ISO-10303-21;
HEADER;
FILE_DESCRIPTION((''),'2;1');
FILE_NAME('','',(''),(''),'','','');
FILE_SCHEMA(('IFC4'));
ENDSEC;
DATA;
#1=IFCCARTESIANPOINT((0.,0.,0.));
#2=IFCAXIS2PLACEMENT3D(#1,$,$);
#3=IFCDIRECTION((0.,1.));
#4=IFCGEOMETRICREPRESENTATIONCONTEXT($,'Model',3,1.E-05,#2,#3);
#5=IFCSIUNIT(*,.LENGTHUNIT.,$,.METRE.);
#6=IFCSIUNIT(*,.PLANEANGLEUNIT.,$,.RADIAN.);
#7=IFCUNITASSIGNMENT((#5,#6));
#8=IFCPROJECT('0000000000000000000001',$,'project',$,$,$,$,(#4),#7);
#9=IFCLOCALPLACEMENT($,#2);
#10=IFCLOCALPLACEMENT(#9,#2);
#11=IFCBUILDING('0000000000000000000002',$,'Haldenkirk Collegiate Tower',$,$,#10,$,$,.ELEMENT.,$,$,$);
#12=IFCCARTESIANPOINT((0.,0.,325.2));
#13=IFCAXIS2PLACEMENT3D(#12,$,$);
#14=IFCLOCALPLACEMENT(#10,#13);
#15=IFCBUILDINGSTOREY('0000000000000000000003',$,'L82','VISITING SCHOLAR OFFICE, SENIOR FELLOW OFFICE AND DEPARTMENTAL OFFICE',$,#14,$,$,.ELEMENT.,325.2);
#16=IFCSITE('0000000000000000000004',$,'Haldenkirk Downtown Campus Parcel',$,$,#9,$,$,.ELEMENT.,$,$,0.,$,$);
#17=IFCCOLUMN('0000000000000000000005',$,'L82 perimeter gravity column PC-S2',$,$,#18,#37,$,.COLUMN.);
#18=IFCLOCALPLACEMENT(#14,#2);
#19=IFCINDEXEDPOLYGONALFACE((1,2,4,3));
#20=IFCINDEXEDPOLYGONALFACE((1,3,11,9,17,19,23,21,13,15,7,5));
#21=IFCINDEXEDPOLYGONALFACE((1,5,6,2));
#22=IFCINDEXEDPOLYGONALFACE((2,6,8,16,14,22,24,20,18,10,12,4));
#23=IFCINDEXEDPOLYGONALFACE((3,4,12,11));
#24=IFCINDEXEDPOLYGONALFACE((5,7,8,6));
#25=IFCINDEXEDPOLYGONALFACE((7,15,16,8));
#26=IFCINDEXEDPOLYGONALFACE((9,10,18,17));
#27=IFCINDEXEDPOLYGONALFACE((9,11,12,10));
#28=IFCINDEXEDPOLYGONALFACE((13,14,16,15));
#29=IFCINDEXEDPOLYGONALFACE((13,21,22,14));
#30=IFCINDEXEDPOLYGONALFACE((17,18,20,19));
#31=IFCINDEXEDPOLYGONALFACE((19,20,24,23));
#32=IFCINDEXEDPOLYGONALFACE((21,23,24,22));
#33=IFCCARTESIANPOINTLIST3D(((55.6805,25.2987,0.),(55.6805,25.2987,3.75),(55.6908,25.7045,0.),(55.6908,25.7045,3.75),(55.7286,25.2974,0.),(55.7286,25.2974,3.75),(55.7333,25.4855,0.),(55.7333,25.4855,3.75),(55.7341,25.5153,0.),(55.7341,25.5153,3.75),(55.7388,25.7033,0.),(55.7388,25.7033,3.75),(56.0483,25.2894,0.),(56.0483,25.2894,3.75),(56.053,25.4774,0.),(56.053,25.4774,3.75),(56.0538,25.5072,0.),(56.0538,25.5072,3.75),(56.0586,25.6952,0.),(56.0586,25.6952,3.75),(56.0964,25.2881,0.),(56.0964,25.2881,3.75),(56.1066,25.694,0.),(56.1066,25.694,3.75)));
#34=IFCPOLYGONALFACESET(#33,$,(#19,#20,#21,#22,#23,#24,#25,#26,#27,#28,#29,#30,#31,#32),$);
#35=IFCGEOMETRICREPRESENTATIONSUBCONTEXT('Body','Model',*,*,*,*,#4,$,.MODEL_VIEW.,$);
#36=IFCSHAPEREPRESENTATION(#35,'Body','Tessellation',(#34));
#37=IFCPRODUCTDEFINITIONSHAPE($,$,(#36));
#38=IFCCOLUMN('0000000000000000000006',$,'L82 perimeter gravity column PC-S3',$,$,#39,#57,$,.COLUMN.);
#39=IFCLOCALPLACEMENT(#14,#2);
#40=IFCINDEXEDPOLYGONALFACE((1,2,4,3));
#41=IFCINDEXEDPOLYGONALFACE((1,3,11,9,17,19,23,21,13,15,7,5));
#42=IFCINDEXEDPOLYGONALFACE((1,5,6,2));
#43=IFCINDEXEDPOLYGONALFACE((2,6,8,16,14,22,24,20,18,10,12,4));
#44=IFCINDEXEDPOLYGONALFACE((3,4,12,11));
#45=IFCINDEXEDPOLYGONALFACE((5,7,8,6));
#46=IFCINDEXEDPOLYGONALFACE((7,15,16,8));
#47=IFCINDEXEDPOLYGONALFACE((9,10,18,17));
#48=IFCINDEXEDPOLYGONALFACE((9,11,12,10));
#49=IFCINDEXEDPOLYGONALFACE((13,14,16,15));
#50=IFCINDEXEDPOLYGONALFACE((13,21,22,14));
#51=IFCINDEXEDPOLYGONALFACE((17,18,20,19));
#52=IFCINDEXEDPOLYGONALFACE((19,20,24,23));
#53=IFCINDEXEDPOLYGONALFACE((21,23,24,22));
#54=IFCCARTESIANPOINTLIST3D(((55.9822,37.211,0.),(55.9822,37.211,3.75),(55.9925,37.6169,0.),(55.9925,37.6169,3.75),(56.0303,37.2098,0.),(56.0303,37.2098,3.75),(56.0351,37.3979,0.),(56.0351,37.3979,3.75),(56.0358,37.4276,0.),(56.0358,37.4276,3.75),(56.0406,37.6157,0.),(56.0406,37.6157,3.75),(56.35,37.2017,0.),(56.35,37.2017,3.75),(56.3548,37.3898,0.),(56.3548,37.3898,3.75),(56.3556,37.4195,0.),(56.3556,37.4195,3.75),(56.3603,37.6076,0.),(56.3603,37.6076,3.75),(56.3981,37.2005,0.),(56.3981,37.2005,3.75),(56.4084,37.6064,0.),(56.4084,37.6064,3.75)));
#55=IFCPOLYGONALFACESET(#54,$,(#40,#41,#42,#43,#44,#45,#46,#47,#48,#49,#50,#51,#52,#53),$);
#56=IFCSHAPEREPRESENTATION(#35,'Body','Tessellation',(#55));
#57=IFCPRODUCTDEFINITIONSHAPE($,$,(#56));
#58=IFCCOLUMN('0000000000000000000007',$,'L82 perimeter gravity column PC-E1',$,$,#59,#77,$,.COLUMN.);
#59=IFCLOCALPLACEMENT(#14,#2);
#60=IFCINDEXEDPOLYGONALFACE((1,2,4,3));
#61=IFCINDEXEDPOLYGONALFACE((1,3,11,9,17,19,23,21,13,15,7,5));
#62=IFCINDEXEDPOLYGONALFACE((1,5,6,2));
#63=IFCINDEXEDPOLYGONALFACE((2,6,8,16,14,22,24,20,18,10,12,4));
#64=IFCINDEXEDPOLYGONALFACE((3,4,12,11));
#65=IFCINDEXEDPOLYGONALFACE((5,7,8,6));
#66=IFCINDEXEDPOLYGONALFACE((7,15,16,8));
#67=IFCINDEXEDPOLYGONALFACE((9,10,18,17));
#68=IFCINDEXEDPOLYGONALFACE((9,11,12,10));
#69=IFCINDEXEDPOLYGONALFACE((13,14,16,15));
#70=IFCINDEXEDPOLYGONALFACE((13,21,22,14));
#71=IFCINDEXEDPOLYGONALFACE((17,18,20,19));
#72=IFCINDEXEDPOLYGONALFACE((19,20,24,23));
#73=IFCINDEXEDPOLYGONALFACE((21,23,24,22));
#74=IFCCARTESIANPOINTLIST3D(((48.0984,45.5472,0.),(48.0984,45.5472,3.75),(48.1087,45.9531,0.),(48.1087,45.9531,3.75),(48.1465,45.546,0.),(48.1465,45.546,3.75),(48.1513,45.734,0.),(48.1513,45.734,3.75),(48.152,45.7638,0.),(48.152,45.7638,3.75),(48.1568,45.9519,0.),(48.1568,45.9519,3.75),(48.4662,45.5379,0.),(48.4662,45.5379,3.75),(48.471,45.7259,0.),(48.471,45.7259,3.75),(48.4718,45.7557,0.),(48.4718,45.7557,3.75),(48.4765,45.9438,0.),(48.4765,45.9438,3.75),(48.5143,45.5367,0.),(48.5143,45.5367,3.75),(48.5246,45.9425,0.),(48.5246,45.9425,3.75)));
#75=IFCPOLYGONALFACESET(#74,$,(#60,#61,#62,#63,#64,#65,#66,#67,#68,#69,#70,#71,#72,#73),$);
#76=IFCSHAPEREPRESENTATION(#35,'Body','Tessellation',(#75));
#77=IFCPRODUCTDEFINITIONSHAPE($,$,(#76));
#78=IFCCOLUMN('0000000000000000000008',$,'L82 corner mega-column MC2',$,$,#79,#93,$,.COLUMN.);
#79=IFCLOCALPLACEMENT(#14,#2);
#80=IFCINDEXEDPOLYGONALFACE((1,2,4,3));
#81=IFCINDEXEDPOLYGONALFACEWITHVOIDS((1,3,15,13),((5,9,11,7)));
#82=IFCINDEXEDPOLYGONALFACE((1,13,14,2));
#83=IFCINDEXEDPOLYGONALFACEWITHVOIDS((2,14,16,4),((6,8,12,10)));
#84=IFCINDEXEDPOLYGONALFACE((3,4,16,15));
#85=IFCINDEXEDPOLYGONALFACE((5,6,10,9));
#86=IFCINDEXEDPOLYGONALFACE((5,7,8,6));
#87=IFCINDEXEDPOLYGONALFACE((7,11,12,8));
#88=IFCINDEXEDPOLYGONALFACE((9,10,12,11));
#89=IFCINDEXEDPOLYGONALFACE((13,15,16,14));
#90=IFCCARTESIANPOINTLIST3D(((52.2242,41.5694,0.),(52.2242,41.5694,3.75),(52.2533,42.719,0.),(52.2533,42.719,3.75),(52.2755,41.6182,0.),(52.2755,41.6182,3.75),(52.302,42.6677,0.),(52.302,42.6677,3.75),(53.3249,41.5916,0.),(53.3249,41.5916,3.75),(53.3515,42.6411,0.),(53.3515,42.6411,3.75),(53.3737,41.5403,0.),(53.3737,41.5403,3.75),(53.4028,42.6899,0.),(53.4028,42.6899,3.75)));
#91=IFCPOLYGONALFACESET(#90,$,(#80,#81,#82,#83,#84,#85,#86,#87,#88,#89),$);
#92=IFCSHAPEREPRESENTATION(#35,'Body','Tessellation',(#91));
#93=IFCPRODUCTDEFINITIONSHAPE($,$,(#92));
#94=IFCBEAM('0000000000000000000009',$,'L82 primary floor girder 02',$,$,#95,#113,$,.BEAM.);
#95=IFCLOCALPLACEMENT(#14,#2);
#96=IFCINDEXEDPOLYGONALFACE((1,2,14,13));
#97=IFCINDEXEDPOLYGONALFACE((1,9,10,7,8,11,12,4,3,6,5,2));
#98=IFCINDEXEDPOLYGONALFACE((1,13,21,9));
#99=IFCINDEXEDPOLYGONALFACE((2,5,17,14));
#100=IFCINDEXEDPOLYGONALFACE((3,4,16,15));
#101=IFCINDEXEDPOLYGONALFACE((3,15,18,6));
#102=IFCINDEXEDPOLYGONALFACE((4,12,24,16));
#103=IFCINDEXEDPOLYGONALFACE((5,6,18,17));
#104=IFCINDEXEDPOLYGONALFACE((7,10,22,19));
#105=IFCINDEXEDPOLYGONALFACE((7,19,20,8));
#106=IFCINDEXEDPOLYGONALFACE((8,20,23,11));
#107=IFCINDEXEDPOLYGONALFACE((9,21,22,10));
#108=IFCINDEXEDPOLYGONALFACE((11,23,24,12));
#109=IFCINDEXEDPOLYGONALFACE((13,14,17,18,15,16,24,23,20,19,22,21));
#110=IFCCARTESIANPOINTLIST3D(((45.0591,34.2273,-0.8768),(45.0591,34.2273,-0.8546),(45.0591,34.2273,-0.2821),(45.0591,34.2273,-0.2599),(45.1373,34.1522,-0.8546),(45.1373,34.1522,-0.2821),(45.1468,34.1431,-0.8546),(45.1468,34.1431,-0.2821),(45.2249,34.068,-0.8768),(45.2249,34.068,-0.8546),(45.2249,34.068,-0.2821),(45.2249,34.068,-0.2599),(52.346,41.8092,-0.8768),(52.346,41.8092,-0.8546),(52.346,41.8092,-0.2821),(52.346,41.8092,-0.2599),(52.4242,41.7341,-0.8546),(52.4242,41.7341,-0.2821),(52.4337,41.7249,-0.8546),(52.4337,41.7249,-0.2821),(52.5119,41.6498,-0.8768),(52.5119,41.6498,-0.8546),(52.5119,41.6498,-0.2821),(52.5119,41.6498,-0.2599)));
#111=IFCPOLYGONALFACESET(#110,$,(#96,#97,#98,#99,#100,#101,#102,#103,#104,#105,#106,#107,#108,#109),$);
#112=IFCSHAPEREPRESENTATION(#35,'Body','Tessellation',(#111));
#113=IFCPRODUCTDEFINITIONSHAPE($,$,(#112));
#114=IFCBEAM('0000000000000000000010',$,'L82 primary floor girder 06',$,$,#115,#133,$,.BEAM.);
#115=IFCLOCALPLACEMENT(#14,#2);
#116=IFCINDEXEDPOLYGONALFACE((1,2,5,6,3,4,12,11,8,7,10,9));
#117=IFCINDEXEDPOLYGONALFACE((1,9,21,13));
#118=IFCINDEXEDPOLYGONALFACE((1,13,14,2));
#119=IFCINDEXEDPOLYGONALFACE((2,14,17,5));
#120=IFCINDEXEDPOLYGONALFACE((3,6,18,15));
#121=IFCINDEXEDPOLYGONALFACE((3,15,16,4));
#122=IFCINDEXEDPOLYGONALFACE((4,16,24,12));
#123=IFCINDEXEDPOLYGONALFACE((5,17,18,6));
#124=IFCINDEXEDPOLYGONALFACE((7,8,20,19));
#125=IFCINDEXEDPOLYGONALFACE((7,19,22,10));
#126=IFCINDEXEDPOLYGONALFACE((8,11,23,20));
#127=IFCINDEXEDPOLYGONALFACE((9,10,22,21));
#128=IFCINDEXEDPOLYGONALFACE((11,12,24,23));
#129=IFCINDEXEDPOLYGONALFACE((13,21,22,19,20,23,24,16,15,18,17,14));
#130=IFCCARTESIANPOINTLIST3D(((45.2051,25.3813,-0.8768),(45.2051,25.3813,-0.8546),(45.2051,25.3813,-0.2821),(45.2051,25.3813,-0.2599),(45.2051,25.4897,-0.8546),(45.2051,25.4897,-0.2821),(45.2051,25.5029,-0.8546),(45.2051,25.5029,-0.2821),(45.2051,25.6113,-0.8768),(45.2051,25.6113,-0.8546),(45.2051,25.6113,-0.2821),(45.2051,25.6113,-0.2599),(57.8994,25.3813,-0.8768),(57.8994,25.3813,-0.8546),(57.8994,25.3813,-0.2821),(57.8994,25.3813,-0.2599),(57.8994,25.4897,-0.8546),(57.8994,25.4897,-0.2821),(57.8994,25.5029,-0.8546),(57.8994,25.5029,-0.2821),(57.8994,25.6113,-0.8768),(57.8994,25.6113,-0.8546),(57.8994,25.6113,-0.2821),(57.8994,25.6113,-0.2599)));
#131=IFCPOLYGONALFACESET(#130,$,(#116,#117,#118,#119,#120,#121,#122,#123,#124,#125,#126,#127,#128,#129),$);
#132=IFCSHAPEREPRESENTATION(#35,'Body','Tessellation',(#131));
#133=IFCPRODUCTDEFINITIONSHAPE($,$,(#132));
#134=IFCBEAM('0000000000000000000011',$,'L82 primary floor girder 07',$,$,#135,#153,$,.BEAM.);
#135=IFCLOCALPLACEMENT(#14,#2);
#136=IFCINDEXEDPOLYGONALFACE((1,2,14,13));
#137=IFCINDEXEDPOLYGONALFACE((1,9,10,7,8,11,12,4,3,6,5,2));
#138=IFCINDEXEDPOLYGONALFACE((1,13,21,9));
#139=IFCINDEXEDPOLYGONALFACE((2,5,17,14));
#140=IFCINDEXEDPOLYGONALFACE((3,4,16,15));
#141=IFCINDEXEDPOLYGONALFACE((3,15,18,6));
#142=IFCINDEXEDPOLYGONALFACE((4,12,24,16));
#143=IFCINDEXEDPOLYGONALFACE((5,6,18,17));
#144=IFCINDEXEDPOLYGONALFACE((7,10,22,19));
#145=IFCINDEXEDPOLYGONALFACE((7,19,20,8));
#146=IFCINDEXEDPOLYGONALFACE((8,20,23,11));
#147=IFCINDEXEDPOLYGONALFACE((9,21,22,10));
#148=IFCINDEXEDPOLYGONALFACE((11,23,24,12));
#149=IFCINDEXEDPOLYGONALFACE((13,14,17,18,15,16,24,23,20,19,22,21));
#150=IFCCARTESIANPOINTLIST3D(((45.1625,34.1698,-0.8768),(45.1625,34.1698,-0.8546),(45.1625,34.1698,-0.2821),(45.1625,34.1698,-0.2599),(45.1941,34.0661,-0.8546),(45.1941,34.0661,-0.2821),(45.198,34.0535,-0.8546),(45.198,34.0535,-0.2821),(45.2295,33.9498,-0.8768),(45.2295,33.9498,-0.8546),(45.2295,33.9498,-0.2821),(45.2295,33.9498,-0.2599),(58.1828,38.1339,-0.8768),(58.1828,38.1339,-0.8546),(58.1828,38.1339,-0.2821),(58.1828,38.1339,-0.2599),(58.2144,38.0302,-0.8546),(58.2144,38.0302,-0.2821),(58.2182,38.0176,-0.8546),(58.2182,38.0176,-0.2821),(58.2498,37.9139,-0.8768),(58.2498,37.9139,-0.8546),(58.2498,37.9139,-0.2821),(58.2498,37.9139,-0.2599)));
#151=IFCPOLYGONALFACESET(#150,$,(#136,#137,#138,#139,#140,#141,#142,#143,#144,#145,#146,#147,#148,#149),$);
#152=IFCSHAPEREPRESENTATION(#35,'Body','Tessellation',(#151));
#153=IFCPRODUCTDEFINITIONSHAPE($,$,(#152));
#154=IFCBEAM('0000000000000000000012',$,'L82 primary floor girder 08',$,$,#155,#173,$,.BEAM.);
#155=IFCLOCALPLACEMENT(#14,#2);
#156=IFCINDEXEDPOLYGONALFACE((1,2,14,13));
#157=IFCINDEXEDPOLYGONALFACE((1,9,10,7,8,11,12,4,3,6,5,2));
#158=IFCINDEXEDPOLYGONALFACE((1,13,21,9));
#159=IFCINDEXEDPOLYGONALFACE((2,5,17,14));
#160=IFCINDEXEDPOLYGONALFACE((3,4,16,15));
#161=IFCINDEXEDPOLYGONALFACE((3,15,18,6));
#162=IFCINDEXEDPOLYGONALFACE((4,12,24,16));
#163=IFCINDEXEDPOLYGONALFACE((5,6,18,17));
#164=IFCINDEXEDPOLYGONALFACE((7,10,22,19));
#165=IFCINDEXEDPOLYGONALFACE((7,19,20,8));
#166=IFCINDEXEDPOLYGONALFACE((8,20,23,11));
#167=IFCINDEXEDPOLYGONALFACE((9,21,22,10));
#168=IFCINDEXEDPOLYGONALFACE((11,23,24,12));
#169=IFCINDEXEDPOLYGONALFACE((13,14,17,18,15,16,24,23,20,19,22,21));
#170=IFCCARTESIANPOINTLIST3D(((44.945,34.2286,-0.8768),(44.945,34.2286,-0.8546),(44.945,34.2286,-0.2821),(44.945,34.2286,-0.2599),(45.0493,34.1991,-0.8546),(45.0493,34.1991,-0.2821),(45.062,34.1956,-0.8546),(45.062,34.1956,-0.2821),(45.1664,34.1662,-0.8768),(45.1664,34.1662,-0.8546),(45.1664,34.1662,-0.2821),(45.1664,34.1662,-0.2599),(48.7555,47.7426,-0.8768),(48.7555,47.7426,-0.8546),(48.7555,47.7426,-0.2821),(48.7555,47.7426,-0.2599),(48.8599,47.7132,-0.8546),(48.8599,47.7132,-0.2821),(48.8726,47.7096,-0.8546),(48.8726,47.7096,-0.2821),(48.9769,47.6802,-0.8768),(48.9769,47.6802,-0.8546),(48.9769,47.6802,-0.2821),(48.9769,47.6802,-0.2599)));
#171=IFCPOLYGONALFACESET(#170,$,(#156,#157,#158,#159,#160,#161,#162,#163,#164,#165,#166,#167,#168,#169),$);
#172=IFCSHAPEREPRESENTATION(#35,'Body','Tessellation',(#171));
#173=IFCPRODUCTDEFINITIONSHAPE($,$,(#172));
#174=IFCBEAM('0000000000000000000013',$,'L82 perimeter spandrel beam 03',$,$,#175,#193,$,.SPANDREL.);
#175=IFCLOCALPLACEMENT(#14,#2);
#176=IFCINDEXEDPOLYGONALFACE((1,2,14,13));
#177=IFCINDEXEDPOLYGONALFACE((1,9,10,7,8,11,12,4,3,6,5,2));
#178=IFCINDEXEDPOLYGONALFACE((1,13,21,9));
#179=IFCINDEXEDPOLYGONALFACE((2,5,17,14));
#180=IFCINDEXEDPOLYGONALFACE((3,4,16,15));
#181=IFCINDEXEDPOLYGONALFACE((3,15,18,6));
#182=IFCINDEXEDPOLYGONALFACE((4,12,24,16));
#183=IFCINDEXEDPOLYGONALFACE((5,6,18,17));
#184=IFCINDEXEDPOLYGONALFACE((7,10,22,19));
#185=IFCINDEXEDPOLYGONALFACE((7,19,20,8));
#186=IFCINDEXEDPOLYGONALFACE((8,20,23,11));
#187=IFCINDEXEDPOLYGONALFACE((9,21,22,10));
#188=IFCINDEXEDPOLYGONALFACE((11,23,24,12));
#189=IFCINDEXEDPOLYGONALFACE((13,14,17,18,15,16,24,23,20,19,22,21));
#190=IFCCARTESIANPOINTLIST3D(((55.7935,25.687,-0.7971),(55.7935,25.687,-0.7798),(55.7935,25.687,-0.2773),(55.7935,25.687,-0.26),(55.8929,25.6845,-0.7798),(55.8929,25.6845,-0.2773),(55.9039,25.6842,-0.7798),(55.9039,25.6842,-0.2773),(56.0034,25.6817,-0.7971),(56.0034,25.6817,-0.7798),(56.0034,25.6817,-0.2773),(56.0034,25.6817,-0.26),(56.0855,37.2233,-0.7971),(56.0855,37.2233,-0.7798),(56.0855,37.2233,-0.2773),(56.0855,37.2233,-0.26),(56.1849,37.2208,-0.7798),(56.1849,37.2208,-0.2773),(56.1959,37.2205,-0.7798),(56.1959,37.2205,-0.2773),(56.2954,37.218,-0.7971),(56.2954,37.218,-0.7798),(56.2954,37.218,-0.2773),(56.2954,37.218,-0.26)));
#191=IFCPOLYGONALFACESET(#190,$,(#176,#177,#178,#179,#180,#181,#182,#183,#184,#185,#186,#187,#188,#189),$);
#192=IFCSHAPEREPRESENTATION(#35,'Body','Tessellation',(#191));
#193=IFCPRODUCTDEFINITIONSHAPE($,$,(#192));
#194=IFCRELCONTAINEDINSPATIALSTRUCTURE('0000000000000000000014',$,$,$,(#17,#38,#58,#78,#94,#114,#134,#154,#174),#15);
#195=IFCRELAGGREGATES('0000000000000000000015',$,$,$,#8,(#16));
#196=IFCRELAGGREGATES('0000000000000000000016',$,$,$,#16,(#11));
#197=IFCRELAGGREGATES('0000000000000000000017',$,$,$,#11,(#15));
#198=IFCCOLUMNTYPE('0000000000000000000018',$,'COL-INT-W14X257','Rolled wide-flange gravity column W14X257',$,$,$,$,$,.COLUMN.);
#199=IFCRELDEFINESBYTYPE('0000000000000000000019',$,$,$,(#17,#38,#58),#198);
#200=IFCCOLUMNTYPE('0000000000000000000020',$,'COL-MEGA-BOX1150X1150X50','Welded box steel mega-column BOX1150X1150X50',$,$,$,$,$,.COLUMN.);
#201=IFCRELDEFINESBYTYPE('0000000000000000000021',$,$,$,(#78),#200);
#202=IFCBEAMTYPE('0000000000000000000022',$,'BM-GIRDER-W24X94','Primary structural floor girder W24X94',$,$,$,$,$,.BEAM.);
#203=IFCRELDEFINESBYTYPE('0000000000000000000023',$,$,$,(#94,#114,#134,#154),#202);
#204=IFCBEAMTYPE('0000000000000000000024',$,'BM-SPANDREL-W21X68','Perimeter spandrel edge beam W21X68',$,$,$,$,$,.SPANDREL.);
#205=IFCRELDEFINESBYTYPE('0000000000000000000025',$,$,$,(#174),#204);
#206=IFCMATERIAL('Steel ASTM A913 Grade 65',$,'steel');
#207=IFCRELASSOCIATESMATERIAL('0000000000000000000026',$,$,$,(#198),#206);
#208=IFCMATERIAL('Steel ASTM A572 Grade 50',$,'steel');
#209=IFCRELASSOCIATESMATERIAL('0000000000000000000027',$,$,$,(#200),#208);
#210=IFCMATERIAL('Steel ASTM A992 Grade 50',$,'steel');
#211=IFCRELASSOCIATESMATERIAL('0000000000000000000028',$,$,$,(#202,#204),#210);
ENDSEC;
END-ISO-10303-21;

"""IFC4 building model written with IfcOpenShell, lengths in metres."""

from ifc_helpers import new_model, si_unit, direction, frame, origin, origin_2d, place, context, subcontext, project, spatial, hollow_rectangle, i_section, extrude, material, material_profile, profile_set, type_object, element, save


model = new_model("IFC4")

# Units and contexts
model_context = context("Model", 3, precision=1e-05, world=origin(), true_north=direction((0.0, 1.0)))
body_context = subcontext(model_context, "Body", "Model", "MODEL_VIEW")
ifc_project = project(units=[si_unit("LENGTHUNIT", "METRE"), si_unit("PLANEANGLEUNIT", "RADIAN")], contexts=[model_context])

# Site, building, storey
site_placement = place(None, origin())
site = spatial("IfcSite", under=ifc_project, at=site_placement, Name="Haldenkirk Downtown Campus Parcel", CompositionType="ELEMENT", RefElevation=0.0)
building_placement = place(site_placement, origin())
building = spatial("IfcBuilding", under=site, at=building_placement, Name="Haldenkirk Collegiate Tower", CompositionType="ELEMENT")
storey_placement = place(building_placement, frame((0.0, 0.0, 325.2)))
storey = spatial("IfcBuildingStorey", under=building, at=storey_placement, Name="L82", Description="VISITING SCHOLAR OFFICE, SENIOR FELLOW OFFICE AND DEPARTMENTAL OFFICE", CompositionType="ELEMENT", Elevation=325.2)

# Columns
ifc_material_1 = material(Name="Steel ASTM A913 Grade 65", Category="steel")
ifc_material_profile_1 = material_profile(ifc_material_1, i_section(OverallWidth=0.406, OverallDepth=0.416, WebThickness=0.0298, FlangeThickness=0.0481, at=origin_2d()), Name="W14X257")
ifc_profile_set_1 = profile_set([ifc_material_profile_1], Name="Steel ASTM A913 Grade 65")
column_type_1 = type_object("IfcColumnType", Name="COL-INT-W14X257", Description="Rolled wide-flange gravity column W14X257", PredefinedType="COLUMN", material=ifc_profile_set_1)
for number, where, z_axis, x_axis, name in (
    (1, (55.8936, 25.4963, 0.0), (0.0, 0.0, 1.0), (0.025305, 0.99968, 0.0), "L82 perimeter gravity column PC-S2"),
    (2, (56.1953, 37.4087, 0.0), (0.0, 0.0, 1.0), (0.025305, 0.99968, 0.0), "L82 perimeter gravity column PC-S3"),
    (3, (48.3115, 45.7449, 0.0), (0.0, 0.0, 1.0), (0.025305, 0.99968, 0.0), "L82 perimeter gravity column PC-E1"),
):
    element("IfcColumn", number, at=place(storey_placement, frame(where, z_axis=z_axis, x_axis=x_axis)), inside=storey, type_object=column_type_1, Name=name, PredefinedType="COLUMN", context=body_context, shape_type="SweptSolid", body=[
        extrude(i_section(OverallWidth=0.406, OverallDepth=0.416, WebThickness=0.0298, FlangeThickness=0.0481, at=origin_2d()), origin(), (0.0, 0.0, 1.0), 3.75),
    ])
ifc_material_2 = material(Name="Steel ASTM A572 Grade 50", Category="steel")
ifc_material_profile_2 = material_profile(ifc_material_2, hollow_rectangle(XDim=1.1499, YDim=1.1499, WallThickness=0.05, at=origin_2d()), Name="BOX1150X1150X50")
ifc_profile_set_2 = profile_set([ifc_material_profile_2], Name="Steel ASTM A572 Grade 50")
column_type_2 = type_object("IfcColumnType", Name="COL-MEGA-BOX1150X1150X50", Description="Welded box steel mega-column BOX1150X1150X50", PredefinedType="COLUMN", material=ifc_profile_set_2)
column_placement = place(storey_placement, frame((52.8135, 42.1296, 0.0), z_axis=(0.0, 0.0, 1.0), x_axis=(0.025305, 0.99968, 0.0)))
element("IfcColumn", 4, at=column_placement, inside=storey, type_object=column_type_2, Name="L82 corner mega-column MC2", PredefinedType="COLUMN", context=body_context, shape_type="SweptSolid", body=[
    extrude(hollow_rectangle(XDim=1.1499, YDim=1.1499, WallThickness=0.05, at=origin_2d()), origin(), (0.0, 0.0, 1.0), 3.75),
])

# Beams
ifc_material_3 = material(Name="Steel ASTM A992 Grade 50", Category="steel")
ifc_material_profile_3 = material_profile(ifc_material_3, i_section(OverallWidth=0.23, OverallDepth=0.6169, WebThickness=0.0132, FlangeThickness=0.0222, at=origin_2d()), Name="W24X94")
ifc_profile_set_3 = profile_set([ifc_material_profile_3], Name="Steel ASTM A992 Grade 50")
beam_type_1 = type_object("IfcBeamType", Name="BM-GIRDER-W24X94", Description="Primary structural floor girder W24X94", PredefinedType="BEAM", material=ifc_profile_set_3)
beam_1_placement = place(storey_placement, frame((52.429, 41.7295, -0.5684), z_axis=(-0.692945, -0.720991, 0.0), x_axis=(0.720991, -0.692945, 0.0)))
element("IfcBeam", 5, at=beam_1_placement, inside=storey, type_object=beam_type_1, Name="L82 primary floor girder 02", PredefinedType="BEAM", context=body_context, shape_type="SweptSolid", body=[
    extrude(i_section(OverallWidth=0.23, OverallDepth=0.6169, WebThickness=0.0132, FlangeThickness=0.0222, at=origin_2d()), origin(), (0.0, 0.0, 1.0), 10.5159),
])
beam_2_placement = place(storey_placement, frame((57.8994, 25.4963, -0.5684), z_axis=(-1.0, 0.0, 0.0), x_axis=(0.0, -1.0, 0.0)))
element("IfcBeam", 6, at=beam_2_placement, inside=storey, type_object=beam_type_1, Name="L82 primary floor girder 06", PredefinedType="BEAM", context=body_context, shape_type="SweptSolid", body=[
    extrude(i_section(OverallWidth=0.23, OverallDepth=0.6169, WebThickness=0.0132, FlangeThickness=0.0222, at=origin_2d()), origin(), (0.0, 0.0, 1.0), 12.6943),
])
beam_3_placement = place(storey_placement, frame((58.2163, 38.0239, -0.5684), z_axis=(-0.956645, -0.291257, 0.0), x_axis=(0.291257, -0.956645, 0.0)))
element("IfcBeam", 7, at=beam_3_placement, inside=storey, type_object=beam_type_1, Name="L82 primary floor girder 07", PredefinedType="BEAM", context=body_context, shape_type="SweptSolid", body=[
    extrude(i_section(OverallWidth=0.23, OverallDepth=0.6169, WebThickness=0.0132, FlangeThickness=0.0222, at=origin_2d()), origin(), (0.0, 0.0, 1.0), 13.6104),
])
beam_4_placement = place(storey_placement, frame((48.8662, 47.7114, -0.5684), z_axis=(-0.271385, -0.962471, 0.0), x_axis=(0.962471, -0.271385, 0.0)))
element("IfcBeam", 8, at=beam_4_placement, inside=storey, type_object=beam_type_1, Name="L82 primary floor girder 08", PredefinedType="BEAM", context=body_context, shape_type="SweptSolid", body=[
    extrude(i_section(OverallWidth=0.23, OverallDepth=0.6169, WebThickness=0.0132, FlangeThickness=0.0222, at=origin_2d()), origin(), (0.0, 0.0, 1.0), 14.041),
])
ifc_material_profile_4 = material_profile(ifc_material_3, i_section(OverallWidth=0.21, OverallDepth=0.5371, WebThickness=0.011, FlangeThickness=0.0173, at=origin_2d()), Name="W21X68")
ifc_profile_set_4 = profile_set([ifc_material_profile_4], Name="Steel ASTM A992 Grade 50")
beam_type_2 = type_object("IfcBeamType", Name="BM-SPANDREL-W21X68", Description="Perimeter spandrel edge beam W21X68", PredefinedType="SPANDREL", material=ifc_profile_set_4)
beam_5_placement = place(storey_placement, frame((55.8984, 25.6843, -0.5286), z_axis=(0.025302, 0.99968, 0.0), x_axis=(-0.99968, 0.025302, 0.0)))
element("IfcBeam", 9, at=beam_5_placement, inside=storey, type_object=beam_type_2, Name="L82 perimeter spandrel beam 03", PredefinedType="SPANDREL", context=body_context, shape_type="SweptSolid", body=[
    extrude(i_section(OverallWidth=0.21, OverallDepth=0.5371, WebThickness=0.011, FlangeThickness=0.0173, at=origin_2d()), origin(), (0.0, 0.0, 1.0), 11.54),
])

save(model, "model.ifc")
